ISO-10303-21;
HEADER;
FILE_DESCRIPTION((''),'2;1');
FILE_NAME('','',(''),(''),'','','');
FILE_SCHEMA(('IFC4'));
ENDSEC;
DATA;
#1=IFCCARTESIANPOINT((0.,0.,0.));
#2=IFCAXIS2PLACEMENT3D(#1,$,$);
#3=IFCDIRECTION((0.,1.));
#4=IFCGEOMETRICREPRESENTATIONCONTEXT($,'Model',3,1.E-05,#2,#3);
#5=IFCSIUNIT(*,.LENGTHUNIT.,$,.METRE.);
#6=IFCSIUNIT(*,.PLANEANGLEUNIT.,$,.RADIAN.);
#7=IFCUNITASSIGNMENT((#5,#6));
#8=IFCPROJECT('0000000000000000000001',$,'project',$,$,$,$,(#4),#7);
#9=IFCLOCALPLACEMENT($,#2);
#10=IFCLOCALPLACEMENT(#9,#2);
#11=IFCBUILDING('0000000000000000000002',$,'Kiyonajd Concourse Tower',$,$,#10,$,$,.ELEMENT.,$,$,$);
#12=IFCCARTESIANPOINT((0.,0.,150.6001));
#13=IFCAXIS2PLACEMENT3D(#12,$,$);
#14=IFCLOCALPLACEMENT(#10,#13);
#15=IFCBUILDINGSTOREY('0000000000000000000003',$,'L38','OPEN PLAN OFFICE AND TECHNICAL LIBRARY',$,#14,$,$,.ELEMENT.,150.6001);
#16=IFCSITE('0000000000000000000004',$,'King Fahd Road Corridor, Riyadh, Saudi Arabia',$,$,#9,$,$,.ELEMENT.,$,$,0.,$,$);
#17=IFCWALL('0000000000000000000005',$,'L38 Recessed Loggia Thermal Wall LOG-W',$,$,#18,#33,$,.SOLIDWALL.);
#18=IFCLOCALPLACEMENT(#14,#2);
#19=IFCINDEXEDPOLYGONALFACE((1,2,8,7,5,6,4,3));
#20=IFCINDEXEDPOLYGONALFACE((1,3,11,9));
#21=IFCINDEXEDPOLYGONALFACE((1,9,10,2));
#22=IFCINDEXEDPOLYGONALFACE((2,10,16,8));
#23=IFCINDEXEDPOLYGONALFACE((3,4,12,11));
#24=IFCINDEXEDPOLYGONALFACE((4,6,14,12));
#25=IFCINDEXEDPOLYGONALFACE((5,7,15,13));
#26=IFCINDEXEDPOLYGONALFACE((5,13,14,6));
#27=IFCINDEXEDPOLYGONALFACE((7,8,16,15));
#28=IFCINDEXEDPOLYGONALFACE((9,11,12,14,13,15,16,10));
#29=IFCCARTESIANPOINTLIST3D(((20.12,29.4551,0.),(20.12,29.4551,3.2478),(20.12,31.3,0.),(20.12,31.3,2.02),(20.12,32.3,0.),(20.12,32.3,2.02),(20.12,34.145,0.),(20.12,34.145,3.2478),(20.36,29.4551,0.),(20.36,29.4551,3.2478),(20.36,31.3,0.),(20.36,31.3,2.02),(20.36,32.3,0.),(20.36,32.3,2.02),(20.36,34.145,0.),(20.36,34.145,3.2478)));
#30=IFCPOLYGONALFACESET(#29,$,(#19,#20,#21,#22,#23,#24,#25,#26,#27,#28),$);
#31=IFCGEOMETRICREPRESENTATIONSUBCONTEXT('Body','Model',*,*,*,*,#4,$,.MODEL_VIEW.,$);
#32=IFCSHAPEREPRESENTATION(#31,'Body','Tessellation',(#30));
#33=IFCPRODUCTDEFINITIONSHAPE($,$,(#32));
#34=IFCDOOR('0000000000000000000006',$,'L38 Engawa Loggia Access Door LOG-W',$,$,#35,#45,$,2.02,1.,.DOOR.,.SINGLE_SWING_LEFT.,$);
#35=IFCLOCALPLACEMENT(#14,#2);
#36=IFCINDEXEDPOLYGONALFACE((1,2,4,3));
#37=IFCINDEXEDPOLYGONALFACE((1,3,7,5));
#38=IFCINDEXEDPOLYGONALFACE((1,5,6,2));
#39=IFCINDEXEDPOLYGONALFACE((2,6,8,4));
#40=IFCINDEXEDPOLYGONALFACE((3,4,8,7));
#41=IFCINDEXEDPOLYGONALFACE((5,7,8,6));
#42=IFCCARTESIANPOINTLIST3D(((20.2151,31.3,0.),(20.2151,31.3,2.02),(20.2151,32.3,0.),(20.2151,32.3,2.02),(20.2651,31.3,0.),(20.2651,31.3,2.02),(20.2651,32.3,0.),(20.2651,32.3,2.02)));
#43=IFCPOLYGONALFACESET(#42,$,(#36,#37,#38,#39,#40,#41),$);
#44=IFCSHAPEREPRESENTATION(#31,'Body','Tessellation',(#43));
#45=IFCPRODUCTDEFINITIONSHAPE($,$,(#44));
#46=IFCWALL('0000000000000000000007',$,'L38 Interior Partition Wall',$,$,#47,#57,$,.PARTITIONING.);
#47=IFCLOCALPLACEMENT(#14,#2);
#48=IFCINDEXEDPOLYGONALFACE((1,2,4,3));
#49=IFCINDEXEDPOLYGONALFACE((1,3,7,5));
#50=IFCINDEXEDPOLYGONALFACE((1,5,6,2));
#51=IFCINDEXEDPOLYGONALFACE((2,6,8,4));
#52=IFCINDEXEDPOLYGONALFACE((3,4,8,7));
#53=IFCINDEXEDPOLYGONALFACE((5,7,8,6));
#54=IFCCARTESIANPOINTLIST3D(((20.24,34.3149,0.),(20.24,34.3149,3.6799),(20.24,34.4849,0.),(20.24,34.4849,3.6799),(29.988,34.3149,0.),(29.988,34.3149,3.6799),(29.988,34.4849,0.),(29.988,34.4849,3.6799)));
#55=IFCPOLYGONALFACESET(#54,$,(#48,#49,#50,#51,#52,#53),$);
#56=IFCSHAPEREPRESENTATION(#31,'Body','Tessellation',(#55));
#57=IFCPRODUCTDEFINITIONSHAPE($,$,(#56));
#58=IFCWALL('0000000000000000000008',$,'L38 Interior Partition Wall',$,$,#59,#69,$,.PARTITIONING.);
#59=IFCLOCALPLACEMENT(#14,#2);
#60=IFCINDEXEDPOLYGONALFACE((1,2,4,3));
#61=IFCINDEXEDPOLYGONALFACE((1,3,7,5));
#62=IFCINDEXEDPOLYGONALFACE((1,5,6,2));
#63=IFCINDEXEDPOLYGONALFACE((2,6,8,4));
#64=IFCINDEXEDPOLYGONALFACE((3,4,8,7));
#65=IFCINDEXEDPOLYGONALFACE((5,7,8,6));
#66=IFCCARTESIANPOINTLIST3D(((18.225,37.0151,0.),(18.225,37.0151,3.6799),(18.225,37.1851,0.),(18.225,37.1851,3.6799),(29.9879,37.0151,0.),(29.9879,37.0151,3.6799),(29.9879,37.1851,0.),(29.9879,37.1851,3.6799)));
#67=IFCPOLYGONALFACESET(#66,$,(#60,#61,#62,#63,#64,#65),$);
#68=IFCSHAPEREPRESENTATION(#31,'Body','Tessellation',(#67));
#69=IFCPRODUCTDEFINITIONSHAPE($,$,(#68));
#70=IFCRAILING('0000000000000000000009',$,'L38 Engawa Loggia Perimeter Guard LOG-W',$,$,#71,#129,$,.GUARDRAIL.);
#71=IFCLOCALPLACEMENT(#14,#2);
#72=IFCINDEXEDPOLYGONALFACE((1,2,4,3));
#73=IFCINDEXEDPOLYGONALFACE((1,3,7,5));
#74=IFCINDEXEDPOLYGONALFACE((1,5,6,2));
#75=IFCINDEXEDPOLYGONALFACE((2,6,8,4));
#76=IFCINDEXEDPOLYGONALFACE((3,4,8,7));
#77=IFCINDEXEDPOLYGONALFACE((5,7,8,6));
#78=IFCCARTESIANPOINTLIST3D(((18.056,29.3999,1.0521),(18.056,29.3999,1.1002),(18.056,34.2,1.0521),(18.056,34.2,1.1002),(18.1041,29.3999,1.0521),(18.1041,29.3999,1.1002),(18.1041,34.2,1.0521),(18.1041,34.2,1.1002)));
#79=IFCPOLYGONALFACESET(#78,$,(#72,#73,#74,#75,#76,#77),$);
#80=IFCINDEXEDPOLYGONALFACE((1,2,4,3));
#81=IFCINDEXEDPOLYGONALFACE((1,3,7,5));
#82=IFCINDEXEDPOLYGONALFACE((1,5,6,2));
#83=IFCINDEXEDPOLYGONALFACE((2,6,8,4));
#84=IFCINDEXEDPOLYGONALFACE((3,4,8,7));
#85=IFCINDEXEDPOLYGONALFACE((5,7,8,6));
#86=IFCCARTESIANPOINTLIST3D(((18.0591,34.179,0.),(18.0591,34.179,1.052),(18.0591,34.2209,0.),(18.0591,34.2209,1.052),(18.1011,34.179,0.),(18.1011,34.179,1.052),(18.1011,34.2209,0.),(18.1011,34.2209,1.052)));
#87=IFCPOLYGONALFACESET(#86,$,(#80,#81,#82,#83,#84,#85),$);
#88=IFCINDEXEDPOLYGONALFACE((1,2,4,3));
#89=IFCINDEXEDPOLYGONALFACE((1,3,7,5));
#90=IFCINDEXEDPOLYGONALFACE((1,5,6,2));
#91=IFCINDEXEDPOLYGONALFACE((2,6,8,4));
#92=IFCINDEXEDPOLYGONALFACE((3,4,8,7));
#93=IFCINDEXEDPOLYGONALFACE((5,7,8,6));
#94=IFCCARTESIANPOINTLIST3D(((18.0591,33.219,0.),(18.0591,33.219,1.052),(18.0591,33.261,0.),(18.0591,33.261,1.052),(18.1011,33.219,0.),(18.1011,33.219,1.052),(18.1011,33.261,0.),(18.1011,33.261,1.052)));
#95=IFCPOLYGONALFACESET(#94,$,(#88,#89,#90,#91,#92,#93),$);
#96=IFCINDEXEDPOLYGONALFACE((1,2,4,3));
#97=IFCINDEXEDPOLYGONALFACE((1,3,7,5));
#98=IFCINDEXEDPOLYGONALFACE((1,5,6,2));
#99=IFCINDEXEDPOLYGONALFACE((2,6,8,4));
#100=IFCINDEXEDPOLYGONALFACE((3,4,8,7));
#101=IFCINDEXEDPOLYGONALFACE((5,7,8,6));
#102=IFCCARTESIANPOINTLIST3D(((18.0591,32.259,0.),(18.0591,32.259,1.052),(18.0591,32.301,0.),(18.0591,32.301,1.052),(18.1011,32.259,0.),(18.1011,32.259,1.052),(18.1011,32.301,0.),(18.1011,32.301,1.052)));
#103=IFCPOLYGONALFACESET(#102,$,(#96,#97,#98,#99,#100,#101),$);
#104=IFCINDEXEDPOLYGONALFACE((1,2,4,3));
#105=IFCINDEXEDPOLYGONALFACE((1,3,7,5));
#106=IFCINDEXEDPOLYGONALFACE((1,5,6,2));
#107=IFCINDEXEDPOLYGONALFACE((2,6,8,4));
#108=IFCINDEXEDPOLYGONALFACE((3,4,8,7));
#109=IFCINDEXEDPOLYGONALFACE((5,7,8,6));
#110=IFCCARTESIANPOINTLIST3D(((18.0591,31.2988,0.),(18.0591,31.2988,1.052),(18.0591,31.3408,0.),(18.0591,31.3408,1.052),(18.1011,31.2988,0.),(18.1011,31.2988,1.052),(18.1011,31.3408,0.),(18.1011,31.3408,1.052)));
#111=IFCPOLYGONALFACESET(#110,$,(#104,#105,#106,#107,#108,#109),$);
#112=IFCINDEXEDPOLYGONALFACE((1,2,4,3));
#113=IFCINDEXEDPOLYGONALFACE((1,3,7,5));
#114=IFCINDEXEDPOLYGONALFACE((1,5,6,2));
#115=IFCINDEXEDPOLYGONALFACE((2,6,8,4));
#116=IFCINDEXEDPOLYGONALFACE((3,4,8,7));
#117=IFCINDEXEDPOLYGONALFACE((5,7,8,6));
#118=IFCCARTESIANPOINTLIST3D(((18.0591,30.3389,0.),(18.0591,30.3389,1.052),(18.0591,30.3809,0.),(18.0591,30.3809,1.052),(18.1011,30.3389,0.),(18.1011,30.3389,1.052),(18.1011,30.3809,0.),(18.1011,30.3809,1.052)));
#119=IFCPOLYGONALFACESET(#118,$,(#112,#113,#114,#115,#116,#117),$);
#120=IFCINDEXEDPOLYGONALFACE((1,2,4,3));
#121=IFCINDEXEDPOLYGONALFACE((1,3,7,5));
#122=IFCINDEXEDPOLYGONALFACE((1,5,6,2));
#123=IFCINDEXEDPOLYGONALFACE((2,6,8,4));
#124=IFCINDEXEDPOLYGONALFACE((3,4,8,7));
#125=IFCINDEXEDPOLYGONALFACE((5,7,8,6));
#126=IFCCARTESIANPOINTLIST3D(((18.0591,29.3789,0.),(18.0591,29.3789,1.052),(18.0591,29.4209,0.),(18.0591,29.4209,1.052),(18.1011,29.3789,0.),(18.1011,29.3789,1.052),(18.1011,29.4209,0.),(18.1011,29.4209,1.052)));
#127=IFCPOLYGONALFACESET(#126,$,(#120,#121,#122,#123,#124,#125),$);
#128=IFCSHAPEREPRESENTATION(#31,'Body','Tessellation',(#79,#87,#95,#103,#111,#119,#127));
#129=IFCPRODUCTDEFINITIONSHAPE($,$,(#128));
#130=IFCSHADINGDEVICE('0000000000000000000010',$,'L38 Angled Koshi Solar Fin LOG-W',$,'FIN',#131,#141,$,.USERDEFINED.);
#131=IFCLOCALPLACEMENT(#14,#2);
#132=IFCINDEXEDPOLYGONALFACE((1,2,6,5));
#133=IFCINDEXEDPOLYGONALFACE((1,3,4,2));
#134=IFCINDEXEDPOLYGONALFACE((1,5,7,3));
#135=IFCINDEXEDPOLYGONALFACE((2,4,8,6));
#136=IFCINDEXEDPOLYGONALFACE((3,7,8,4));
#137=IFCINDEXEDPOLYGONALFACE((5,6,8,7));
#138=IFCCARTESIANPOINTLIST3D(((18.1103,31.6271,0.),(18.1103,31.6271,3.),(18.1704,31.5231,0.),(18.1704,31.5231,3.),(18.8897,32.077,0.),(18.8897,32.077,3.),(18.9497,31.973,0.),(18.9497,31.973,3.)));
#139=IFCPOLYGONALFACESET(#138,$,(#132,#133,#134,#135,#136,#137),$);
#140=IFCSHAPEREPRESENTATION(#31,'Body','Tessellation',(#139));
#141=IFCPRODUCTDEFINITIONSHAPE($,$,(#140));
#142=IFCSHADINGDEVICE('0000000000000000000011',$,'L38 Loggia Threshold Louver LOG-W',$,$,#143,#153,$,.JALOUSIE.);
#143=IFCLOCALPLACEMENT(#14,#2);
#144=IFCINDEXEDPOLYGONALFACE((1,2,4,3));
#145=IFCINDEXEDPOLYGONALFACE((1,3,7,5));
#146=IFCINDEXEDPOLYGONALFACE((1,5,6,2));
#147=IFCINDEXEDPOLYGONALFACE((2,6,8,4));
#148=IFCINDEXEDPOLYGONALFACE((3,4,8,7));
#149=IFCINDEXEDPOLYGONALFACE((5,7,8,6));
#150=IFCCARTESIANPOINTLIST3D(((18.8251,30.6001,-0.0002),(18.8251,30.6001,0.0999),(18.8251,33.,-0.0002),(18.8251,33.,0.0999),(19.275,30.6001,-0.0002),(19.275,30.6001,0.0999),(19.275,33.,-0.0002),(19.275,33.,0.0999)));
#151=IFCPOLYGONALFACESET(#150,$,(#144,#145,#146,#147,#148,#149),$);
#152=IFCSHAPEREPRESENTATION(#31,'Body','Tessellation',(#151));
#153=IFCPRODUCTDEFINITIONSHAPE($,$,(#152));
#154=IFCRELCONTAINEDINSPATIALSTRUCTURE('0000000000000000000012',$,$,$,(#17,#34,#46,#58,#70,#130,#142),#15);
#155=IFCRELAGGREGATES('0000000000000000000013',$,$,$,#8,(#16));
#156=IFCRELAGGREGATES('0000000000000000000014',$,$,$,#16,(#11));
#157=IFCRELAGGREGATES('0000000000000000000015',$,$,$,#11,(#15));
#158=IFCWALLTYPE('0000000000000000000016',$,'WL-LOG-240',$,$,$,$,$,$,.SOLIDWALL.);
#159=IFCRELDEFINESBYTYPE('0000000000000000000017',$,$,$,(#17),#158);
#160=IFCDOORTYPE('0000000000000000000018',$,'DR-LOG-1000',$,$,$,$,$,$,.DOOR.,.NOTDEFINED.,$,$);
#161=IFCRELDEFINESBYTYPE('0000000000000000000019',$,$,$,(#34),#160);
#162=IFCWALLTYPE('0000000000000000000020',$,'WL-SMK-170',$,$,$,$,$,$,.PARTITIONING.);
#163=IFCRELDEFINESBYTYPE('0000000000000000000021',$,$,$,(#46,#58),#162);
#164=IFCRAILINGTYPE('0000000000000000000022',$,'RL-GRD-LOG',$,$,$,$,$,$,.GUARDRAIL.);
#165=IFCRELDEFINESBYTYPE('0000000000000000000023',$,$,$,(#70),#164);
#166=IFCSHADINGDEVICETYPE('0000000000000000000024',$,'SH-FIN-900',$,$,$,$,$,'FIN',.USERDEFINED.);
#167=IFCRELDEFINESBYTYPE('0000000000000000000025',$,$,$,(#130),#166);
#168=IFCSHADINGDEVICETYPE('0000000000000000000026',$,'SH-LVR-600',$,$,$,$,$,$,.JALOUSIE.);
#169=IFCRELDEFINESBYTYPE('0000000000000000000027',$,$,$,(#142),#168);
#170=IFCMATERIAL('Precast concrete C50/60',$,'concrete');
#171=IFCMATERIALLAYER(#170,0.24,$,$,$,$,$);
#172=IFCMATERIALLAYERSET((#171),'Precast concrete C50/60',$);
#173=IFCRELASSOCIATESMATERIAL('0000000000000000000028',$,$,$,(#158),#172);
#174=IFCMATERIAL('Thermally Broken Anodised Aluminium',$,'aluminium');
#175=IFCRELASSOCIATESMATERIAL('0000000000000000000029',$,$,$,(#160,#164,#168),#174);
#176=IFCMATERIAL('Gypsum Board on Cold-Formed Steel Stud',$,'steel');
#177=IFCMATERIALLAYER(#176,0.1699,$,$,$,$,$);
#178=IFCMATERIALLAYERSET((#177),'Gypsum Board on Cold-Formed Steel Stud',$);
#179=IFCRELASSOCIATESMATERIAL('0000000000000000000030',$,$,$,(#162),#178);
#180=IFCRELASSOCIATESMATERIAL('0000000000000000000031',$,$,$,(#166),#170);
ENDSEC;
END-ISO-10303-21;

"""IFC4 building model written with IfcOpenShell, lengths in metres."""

from ifc_helpers import new_model, si_unit, direction, frame, frame_2d, origin, origin_2d, place, context, subcontext, project, spatial, rectangle, extrude, material, layer, layer_set, type_object, element, fill, save


model = new_model("IFC4")

# Units and contexts
model_context = context("Model", 3, precision=1e-05, world=origin(), true_north=direction((0.0, 1.0)))
body_context = subcontext(model_context, "Body", "Model", "MODEL_VIEW")
ifc_project = project(units=[si_unit("LENGTHUNIT", "METRE"), si_unit("PLANEANGLEUNIT", "RADIAN")], contexts=[model_context])

# Site, building, storey
site_placement = place(None, origin())
site = spatial("IfcSite", under=ifc_project, at=site_placement, Name="King Fahd Road Corridor, Riyadh, Saudi Arabia", CompositionType="ELEMENT", RefElevation=0.0)
building_placement = place(site_placement, origin())
building = spatial("IfcBuilding", under=site, at=building_placement, Name="Kiyonajd Concourse Tower", CompositionType="ELEMENT")
storey_placement = place(building_placement, frame((0.0, 0.0, 150.6001)))
storey = spatial("IfcBuildingStorey", under=building, at=storey_placement, Name="L38", Description="OPEN PLAN OFFICE AND TECHNICAL LIBRARY", CompositionType="ELEMENT", Elevation=150.6001)

# Shared definitions
ifc_material_1 = material(Name="Thermally Broken Anodised Aluminium", Category="aluminium")

# Shared definitions
ifc_material_2 = material(Name="Precast concrete C50/60", Category="concrete")

# Wall, opening, door
ifc_layer_1 = layer(ifc_material_2, 0.24)
ifc_layer_set_1 = layer_set([ifc_layer_1], Name="Precast concrete C50/60")
wall_type_1 = type_object("IfcWallType", Name="WL-LOG-240", PredefinedType="SOLIDWALL", material=ifc_layer_set_1)
wall_1_placement = place(storey_placement, frame((20.24, 29.4551, 0.0), z_axis=(0.0, 0.0, 1.0), x_axis=(0.0, 1.0, 0.0)))
wall_1 = element("IfcWall", 1, at=wall_1_placement, inside=storey, type_object=wall_type_1, Name="L38 Recessed Loggia Thermal Wall LOG-W", PredefinedType="SOLIDWALL", context=body_context, shape_type="SweptSolid", body=[
    extrude(rectangle(XDim=4.6899, YDim=0.24, at=frame_2d((2.345, 0.0))), origin(), (0.0, 0.0, 1.0), 3.2478),
])
opening_placement = place(wall_1_placement, frame((1.845, 0.0, 0.0)))
opening = element("IfcOpeningElement", 2, at=opening_placement, cuts=wall_1, PredefinedType="OPENING", context=body_context, shape_type="SweptSolid", body=[
    extrude(rectangle(XDim=1.0, YDim=2.02, at=frame_2d((0.5, 1.01))), frame((0.0, 0.1299, 0.0), z_axis=(0.0, -1.0, 0.0), x_axis=(1.0, 0.0, 0.0)), (0.0, 0.0, 1.0), 0.26),
])
door_type = type_object("IfcDoorType", Name="DR-LOG-1000", OperationType="NOTDEFINED", PredefinedType="DOOR", material=ifc_material_1)
door_placement = place(opening_placement, origin())
door = element("IfcDoor", 3, at=door_placement, inside=storey, type_object=door_type, Name="L38 Engawa Loggia Access Door LOG-W", OperationType="SINGLE_SWING_LEFT", OverallHeight=2.02, OverallWidth=1.0, PredefinedType="DOOR", context=body_context, shape_type="SweptSolid", body=[
    extrude(rectangle(XDim=1.0, YDim=2.02, at=frame_2d((0.5, 1.01))), frame((0.0, 0.0249, 0.0), z_axis=(0.0, -1.0, 0.0), x_axis=(1.0, 0.0, 0.0)), (0.0, 0.0, 1.0), 0.05),
])
fill(opening, door)

# Walls
ifc_material_3 = material(Name="Gypsum Board on Cold-Formed Steel Stud", Category="steel")
ifc_layer_2 = layer(ifc_material_3, 0.1699)
ifc_layer_set_2 = layer_set([ifc_layer_2], Name="Gypsum Board on Cold-Formed Steel Stud")
wall_type_2 = type_object("IfcWallType", Name="WL-SMK-170", PredefinedType="PARTITIONING", material=ifc_layer_set_2)
wall_2_placement = place(storey_placement, frame((20.24, 34.3999, 0.0), z_axis=(0.0, 0.0, 1.0), x_axis=(1.0, 0.0, 0.0)))
element("IfcWall", 4, at=wall_2_placement, inside=storey, type_object=wall_type_2, Name="L38 Interior Partition Wall", PredefinedType="PARTITIONING", context=body_context, shape_type="SweptSolid", body=[
    extrude(rectangle(XDim=9.748, YDim=0.1699, at=frame_2d((4.874, 0.0))), origin(), (0.0, 0.0, 1.0), 3.6799),
])
wall_3_placement = place(storey_placement, frame((18.2251, 37.1001, 0.0), z_axis=(0.0, 0.0, 1.0), x_axis=(1.0, 0.0, 0.0)))
element("IfcWall", 5, at=wall_3_placement, inside=storey, type_object=wall_type_2, Name="L38 Interior Partition Wall", PredefinedType="PARTITIONING", context=body_context, shape_type="SweptSolid", body=[
    extrude(rectangle(XDim=11.7629, YDim=0.1699, at=frame_2d((5.8813, 0.0))), origin(), (0.0, 0.0, 1.0), 3.6799),
])

# Railing
railing_type = type_object("IfcRailingType", Name="RL-GRD-LOG", PredefinedType="GUARDRAIL", material=ifc_material_1)
railing_placement = place(storey_placement, frame((18.0801, 34.2, 0.0)))
element("IfcRailing", 6, at=railing_placement, inside=storey, type_object=railing_type, Name="L38 Engawa Loggia Perimeter Guard LOG-W", PredefinedType="GUARDRAIL", context=body_context, shape_type="SweptSolid", body=[
    extrude(rectangle(XDim=0.0481, YDim=0.0481, at=origin_2d()), frame((0.0, 0.0, 1.0762), z_axis=(0.0, -1.0, 0.0), x_axis=(1.0, 0.0, 0.0)), (0.0, 0.0, 1.0), 4.8),
    extrude(rectangle(XDim=0.042, YDim=0.042, at=origin_2d()), origin(), (0.0, 0.0, 1.0), 1.052),
    extrude(rectangle(XDim=0.042, YDim=0.042, at=origin_2d()), frame((0.0, -0.96, 0.0)), (0.0, 0.0, 1.0), 1.052),
    extrude(rectangle(XDim=0.042, YDim=0.042, at=origin_2d()), frame((0.0, -1.9199, 0.0)), (0.0, 0.0, 1.0), 1.052),
    extrude(rectangle(XDim=0.042, YDim=0.042, at=origin_2d()), frame((0.0, -2.8801, 0.0)), (0.0, 0.0, 1.0), 1.052),
    extrude(rectangle(XDim=0.042, YDim=0.042, at=origin_2d()), frame((0.0, -3.8401, 0.0)), (0.0, 0.0, 1.0), 1.052),
    extrude(rectangle(XDim=0.042, YDim=0.042, at=origin_2d()), frame((0.0, -4.8, 0.0)), (0.0, 0.0, 1.0), 1.052),
])

# Shading devices
shading_device_type_1 = type_object("IfcShadingDeviceType", Name="SH-FIN-900", ElementType="FIN", PredefinedType="USERDEFINED", material=ifc_material_2)
shading_device_1_placement = place(storey_placement, frame((18.53, 31.8, 0.0), z_axis=(0.0, 0.0, 1.0), x_axis=(0.866025, 0.5, 0.0)))
element("IfcShadingDevice", 7, at=shading_device_1_placement, inside=storey, type_object=shading_device_type_1, Name="L38 Angled Koshi Solar Fin LOG-W", ObjectType="FIN", PredefinedType="USERDEFINED", context=body_context, shape_type="SweptSolid", body=[
    extrude(rectangle(XDim=0.8999, YDim=0.1201, at=origin_2d()), origin(), (0.0, 0.0, 1.0), 3.0),
])
shading_device_type_2 = type_object("IfcShadingDeviceType", Name="SH-LVR-600", PredefinedType="JALOUSIE", material=ifc_material_1)
shading_device_2_placement = place(storey_placement, frame((19.05, 31.8, -0.0002), z_axis=(0.0, 0.0, 1.0), x_axis=(0.0, 1.0, 0.0)))
element("IfcShadingDevice", 8, at=shading_device_2_placement, inside=storey, type_object=shading_device_type_2, Name="L38 Loggia Threshold Louver LOG-W", PredefinedType="JALOUSIE", context=body_context, shape_type="SweptSolid", body=[
    extrude(rectangle(XDim=2.3999, YDim=0.45, at=origin_2d()), origin(), (0.0, 0.0, 1.0), 0.1001),
])

save(model, "model.ifc")
